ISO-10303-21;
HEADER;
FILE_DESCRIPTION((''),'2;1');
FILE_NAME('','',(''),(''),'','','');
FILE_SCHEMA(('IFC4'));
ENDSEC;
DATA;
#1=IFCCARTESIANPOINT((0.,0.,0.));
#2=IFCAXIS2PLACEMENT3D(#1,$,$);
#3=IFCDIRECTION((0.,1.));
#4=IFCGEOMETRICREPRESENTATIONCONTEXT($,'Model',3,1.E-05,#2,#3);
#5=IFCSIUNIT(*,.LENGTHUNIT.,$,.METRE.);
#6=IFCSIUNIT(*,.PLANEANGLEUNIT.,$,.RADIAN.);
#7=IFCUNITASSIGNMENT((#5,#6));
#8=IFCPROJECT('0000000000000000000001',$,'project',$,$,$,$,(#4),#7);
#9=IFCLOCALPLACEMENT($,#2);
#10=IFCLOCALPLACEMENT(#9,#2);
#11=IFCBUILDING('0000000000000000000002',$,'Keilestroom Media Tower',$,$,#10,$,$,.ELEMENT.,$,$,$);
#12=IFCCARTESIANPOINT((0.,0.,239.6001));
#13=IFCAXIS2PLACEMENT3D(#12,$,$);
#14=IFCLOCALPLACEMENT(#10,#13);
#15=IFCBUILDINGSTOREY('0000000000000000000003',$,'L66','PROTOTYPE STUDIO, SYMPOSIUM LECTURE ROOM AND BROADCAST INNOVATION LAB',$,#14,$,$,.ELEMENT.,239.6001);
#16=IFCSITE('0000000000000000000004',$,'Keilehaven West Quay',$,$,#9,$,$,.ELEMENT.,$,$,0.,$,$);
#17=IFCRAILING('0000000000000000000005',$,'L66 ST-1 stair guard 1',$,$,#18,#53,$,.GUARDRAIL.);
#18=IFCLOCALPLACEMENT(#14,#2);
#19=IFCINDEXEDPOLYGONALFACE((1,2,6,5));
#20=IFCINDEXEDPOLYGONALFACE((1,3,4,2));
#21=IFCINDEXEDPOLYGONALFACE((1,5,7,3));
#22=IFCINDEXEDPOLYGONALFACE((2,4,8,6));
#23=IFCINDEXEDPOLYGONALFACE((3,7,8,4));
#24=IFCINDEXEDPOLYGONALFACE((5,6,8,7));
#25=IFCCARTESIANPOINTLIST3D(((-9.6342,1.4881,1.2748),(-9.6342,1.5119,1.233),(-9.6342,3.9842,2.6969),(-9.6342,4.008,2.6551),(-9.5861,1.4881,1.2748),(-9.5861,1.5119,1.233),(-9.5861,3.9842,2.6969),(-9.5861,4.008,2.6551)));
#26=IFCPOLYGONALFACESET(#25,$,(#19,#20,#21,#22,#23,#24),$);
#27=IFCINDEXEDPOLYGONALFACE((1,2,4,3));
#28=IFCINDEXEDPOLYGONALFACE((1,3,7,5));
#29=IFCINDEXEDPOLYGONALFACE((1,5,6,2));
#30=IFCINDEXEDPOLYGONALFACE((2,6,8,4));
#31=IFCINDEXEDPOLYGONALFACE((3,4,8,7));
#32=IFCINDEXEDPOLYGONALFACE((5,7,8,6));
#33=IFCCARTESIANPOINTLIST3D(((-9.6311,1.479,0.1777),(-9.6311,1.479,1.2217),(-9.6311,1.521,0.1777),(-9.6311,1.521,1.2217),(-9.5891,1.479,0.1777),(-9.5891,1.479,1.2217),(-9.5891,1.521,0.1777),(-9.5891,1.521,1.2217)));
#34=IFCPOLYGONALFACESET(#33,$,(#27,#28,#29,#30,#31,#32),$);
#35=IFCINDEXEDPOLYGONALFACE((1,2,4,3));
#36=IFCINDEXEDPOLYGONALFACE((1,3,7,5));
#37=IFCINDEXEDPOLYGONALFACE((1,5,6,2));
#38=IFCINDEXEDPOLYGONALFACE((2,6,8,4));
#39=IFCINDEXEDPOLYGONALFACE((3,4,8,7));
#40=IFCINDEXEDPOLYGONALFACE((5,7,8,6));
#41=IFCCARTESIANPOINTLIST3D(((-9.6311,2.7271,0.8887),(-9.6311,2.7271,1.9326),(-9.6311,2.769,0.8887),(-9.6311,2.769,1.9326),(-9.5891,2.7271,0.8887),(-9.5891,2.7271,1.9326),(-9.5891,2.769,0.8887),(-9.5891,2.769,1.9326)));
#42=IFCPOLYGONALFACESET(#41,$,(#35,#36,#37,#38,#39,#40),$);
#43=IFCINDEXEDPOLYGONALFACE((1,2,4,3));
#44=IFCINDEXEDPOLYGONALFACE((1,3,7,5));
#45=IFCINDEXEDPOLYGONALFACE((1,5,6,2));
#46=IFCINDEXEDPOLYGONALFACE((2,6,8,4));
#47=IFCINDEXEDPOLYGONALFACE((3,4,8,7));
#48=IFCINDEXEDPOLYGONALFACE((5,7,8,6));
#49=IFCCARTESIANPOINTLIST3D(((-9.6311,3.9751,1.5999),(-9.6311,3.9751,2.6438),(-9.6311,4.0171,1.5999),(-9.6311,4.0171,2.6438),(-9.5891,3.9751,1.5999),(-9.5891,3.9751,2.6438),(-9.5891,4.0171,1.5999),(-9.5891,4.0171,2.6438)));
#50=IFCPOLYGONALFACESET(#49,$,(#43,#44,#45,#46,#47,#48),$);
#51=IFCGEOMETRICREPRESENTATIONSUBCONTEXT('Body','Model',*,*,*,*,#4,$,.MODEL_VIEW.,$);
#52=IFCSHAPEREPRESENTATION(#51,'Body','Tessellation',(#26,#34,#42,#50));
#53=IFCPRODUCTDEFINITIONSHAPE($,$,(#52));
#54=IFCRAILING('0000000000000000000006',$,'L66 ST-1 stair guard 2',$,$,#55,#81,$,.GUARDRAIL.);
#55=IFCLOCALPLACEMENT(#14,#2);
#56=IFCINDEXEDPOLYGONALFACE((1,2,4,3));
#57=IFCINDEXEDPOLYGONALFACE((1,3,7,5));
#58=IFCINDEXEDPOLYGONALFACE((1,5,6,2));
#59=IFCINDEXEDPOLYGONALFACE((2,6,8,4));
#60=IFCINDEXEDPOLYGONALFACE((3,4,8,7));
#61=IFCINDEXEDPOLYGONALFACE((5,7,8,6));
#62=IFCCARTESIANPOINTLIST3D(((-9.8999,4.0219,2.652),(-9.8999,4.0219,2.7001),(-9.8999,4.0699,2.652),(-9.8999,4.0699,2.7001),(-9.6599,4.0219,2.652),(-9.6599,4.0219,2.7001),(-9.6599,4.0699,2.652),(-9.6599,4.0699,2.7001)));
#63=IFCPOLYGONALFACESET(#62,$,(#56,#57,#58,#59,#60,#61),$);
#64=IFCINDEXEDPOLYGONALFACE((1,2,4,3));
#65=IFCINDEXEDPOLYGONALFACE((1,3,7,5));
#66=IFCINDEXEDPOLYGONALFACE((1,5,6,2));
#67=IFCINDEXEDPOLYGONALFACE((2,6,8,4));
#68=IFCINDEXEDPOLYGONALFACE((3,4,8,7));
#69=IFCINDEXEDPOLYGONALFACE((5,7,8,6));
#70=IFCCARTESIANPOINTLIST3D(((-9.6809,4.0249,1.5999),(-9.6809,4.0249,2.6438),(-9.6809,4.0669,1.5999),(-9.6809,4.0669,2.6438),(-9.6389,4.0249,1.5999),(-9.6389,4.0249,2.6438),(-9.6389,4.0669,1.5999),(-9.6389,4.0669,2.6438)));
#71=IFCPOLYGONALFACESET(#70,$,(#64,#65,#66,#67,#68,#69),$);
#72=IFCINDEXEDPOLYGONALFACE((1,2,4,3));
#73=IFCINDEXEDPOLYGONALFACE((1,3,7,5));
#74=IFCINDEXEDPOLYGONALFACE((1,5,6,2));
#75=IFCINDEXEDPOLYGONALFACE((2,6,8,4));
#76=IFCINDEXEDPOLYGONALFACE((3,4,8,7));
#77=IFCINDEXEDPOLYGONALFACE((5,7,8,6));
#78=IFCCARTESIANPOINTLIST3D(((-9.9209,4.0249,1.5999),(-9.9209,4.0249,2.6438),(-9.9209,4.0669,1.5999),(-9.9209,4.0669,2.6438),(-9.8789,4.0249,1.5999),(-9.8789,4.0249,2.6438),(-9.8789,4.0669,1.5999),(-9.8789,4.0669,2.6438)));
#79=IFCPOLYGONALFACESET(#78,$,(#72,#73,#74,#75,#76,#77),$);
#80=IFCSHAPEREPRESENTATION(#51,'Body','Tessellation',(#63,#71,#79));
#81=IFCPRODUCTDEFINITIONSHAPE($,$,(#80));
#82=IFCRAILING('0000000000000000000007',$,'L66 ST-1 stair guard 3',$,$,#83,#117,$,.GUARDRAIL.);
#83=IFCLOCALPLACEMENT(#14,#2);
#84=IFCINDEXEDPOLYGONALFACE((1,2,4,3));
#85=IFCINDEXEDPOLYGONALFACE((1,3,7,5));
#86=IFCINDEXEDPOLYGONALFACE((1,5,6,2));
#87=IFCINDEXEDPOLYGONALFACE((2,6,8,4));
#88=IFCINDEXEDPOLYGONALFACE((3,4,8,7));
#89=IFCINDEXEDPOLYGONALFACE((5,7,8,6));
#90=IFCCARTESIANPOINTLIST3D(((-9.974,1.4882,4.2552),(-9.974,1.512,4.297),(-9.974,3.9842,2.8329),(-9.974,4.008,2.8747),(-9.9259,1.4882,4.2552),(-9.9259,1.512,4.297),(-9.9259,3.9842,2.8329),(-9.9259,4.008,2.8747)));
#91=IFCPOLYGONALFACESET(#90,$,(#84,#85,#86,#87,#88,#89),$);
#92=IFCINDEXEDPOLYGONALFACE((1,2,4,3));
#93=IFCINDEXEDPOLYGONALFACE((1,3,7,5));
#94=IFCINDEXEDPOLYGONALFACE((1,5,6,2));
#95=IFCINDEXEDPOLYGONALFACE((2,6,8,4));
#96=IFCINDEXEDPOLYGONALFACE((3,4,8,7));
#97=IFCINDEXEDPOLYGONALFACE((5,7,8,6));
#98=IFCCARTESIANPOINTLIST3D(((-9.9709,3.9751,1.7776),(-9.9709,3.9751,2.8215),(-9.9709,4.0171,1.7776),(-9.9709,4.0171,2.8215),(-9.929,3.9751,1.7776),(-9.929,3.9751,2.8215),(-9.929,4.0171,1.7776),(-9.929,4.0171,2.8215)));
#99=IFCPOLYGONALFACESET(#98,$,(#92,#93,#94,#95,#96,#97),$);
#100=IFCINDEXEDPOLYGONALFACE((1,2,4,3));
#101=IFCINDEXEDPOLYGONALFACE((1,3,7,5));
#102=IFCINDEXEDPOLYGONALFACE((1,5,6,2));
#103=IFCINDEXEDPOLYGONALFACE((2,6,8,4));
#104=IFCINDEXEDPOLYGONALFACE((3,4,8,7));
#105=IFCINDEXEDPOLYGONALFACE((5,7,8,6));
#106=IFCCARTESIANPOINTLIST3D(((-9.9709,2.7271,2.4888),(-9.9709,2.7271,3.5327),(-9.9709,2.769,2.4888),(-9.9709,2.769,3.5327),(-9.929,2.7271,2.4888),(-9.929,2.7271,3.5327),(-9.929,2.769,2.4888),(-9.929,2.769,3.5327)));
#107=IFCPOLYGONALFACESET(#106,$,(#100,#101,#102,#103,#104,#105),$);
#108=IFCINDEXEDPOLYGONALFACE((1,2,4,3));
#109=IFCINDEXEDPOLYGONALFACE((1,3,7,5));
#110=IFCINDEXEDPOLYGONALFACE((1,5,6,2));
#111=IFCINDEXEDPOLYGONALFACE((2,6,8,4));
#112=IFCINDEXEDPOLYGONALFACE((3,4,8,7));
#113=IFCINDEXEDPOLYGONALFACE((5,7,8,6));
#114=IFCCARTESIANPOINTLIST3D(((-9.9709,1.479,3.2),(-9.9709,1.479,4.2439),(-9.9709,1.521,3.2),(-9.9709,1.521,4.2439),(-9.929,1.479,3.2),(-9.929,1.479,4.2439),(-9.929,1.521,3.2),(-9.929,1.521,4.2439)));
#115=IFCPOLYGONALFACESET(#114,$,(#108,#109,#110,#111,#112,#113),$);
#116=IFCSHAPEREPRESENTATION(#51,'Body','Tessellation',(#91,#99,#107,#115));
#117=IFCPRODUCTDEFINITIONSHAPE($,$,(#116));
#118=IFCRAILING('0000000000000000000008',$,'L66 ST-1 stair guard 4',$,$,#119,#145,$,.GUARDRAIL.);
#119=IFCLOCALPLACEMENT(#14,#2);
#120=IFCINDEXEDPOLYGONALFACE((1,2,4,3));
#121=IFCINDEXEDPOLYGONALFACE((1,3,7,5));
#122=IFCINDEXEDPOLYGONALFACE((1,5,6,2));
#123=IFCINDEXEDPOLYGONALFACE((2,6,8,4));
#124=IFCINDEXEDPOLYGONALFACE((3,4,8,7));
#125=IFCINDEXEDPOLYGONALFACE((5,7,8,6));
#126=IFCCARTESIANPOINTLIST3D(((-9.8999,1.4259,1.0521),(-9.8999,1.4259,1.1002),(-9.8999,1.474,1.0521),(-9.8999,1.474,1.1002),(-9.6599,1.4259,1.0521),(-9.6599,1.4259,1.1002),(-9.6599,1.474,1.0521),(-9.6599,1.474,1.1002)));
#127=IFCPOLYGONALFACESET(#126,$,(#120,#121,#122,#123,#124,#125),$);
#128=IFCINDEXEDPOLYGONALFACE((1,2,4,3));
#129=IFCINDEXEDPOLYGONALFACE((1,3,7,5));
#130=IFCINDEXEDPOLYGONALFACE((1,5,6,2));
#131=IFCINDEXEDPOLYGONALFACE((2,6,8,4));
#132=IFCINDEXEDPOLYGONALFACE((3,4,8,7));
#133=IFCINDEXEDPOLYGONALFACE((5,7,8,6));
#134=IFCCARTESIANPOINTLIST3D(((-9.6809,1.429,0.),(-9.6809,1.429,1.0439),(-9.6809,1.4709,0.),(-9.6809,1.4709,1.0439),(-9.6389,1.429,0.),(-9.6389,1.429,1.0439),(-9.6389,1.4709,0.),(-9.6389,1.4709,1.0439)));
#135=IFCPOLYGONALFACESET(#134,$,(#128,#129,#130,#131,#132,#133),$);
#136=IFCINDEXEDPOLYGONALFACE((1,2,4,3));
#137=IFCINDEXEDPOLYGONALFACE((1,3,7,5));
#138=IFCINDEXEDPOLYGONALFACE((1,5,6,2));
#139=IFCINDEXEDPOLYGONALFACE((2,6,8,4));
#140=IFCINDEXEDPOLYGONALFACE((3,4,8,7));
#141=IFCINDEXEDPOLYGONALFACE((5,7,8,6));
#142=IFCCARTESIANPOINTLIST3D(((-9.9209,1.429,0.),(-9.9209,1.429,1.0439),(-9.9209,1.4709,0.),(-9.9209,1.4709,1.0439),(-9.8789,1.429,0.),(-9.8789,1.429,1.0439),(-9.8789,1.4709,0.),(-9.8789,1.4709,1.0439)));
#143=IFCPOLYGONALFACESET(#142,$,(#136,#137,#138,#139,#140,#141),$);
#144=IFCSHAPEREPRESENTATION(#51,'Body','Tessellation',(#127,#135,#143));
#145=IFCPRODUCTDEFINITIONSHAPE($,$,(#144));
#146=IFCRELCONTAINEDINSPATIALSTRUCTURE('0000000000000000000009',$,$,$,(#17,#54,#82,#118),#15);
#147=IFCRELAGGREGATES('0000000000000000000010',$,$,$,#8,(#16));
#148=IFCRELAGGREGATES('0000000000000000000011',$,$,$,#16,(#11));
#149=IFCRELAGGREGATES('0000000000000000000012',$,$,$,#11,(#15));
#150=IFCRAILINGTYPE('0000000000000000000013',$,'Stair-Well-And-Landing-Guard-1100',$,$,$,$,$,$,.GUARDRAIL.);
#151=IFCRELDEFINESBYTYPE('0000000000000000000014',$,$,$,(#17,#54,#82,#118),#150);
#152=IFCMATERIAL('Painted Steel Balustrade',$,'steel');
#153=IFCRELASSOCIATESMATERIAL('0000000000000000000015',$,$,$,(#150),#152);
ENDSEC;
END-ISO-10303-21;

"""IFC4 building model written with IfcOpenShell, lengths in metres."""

from ifc_helpers import new_model, si_unit, direction, frame, origin, origin_2d, place, context, subcontext, project, spatial, rectangle, extrude, material, type_object, element, save


model = new_model("IFC4")

# Units and contexts
model_context = context("Model", 3, precision=1e-05, world=origin(), true_north=direction((0.0, 1.0)))
body_context = subcontext(model_context, "Body", "Model", "MODEL_VIEW")
ifc_project = project(units=[si_unit("LENGTHUNIT", "METRE"), si_unit("PLANEANGLEUNIT", "RADIAN")], contexts=[model_context])

# Site, building, storey
site_placement = place(None, origin())
site = spatial("IfcSite", under=ifc_project, at=site_placement, Name="Keilehaven West Quay", CompositionType="ELEMENT", RefElevation=0.0)
building_placement = place(site_placement, origin())
building = spatial("IfcBuilding", under=site, at=building_placement, Name="Keilestroom Media Tower", CompositionType="ELEMENT")
storey_placement = place(building_placement, frame((0.0, 0.0, 239.6001)))
storey = spatial("IfcBuildingStorey", under=building, at=storey_placement, Name="L66", Description="PROTOTYPE STUDIO, SYMPOSIUM LECTURE ROOM AND BROADCAST INNOVATION LAB", CompositionType="ELEMENT", Elevation=239.6001)

# Railings
ifc_material_1 = material(Name="Painted Steel Balustrade", Category="steel")
railing_type_1 = type_object("IfcRailingType", Name="Stair-Well-And-Landing-Guard-1100", PredefinedType="GUARDRAIL", material=ifc_material_1)
railing_1_placement = place(storey_placement, frame((-9.6101, 1.5, 0.1777)))
element("IfcRailing", 1, at=railing_1_placement, inside=storey, type_object=railing_type_1, Name="L66 ST-1 stair guard 1", PredefinedType="GUARDRAIL", context=body_context, shape_type="SweptSolid", body=[
    extrude(rectangle(XDim=0.0481, YDim=0.0481, at=origin_2d()), frame((0.0, 0.0, 1.0762), z_axis=(0.0, 0.868875, 0.495031), x_axis=(-1.0, 0.0, 0.0)), (0.0, 0.0, 1.0), 2.8728),
    extrude(rectangle(XDim=0.042, YDim=0.042, at=origin_2d()), origin(), (0.0, 0.0, 1.0), 1.0439),
    extrude(rectangle(XDim=0.042, YDim=0.042, at=origin_2d()), frame((0.0, 1.248, 0.7109)), (0.0, 0.0, 1.0), 1.0439),
    extrude(rectangle(XDim=0.042, YDim=0.042, at=origin_2d()), frame((0.0, 2.4961, 1.4221)), (0.0, 0.0, 1.0), 1.0439),
])
railing_2_placement = place(storey_placement, frame((-9.6599, 4.0459, 1.5999)))
element("IfcRailing", 2, at=railing_2_placement, inside=storey, type_object=railing_type_1, Name="L66 ST-1 stair guard 2", PredefinedType="GUARDRAIL", context=body_context, shape_type="SweptSolid", body=[
    extrude(rectangle(XDim=0.0481, YDim=0.0481, at=origin_2d()), frame((0.0, 0.0, 1.0762), z_axis=(-1.0, 0.0, 0.0), x_axis=(0.0, -1.0, 0.0)), (0.0, 0.0, 1.0), 0.24),
    extrude(rectangle(XDim=0.042, YDim=0.042, at=origin_2d()), origin(), (0.0, 0.0, 1.0), 1.0439),
    extrude(rectangle(XDim=0.042, YDim=0.042, at=origin_2d()), frame((-0.24, 0.0, 0.0)), (0.0, 0.0, 1.0), 1.0439),
])
railing_3_placement = place(storey_placement, frame((-9.95, 3.9961, 1.7776)))
element("IfcRailing", 3, at=railing_3_placement, inside=storey, type_object=railing_type_1, Name="L66 ST-1 stair guard 3", PredefinedType="GUARDRAIL", context=body_context, shape_type="SweptSolid", body=[
    extrude(rectangle(XDim=0.0481, YDim=0.0481, at=origin_2d()), frame((0.0, 0.0, 1.0762), z_axis=(0.0, -0.868839, 0.495095), x_axis=(1.0, 0.0, 0.0)), (0.0, 0.0, 1.0), 2.8728),
    extrude(rectangle(XDim=0.042, YDim=0.042, at=origin_2d()), origin(), (0.0, 0.0, 1.0), 1.0439),
    extrude(rectangle(XDim=0.042, YDim=0.042, at=origin_2d()), frame((0.0, -1.248, 0.7112)), (0.0, 0.0, 1.0), 1.0439),
    extrude(rectangle(XDim=0.042, YDim=0.042, at=origin_2d()), frame((0.0, -2.4961, 1.4224)), (0.0, 0.0, 1.0), 1.0439),
])
railing_4_placement = place(storey_placement, frame((-9.6599, 1.45, 0.0)))
element("IfcRailing", 4, at=railing_4_placement, inside=storey, type_object=railing_type_1, Name="L66 ST-1 stair guard 4", PredefinedType="GUARDRAIL", context=body_context, shape_type="SweptSolid", body=[
    extrude(rectangle(XDim=0.0481, YDim=0.0481, at=origin_2d()), frame((0.0, 0.0, 1.0762), z_axis=(-1.0, 0.0, 0.0), x_axis=(0.0, -1.0, 0.0)), (0.0, 0.0, 1.0), 0.24),
    extrude(rectangle(XDim=0.042, YDim=0.042, at=origin_2d()), origin(), (0.0, 0.0, 1.0), 1.0439),
    extrude(rectangle(XDim=0.042, YDim=0.042, at=origin_2d()), frame((-0.24, 0.0, 0.0)), (0.0, 0.0, 1.0), 1.0439),
])

save(model, "model.ifc")
